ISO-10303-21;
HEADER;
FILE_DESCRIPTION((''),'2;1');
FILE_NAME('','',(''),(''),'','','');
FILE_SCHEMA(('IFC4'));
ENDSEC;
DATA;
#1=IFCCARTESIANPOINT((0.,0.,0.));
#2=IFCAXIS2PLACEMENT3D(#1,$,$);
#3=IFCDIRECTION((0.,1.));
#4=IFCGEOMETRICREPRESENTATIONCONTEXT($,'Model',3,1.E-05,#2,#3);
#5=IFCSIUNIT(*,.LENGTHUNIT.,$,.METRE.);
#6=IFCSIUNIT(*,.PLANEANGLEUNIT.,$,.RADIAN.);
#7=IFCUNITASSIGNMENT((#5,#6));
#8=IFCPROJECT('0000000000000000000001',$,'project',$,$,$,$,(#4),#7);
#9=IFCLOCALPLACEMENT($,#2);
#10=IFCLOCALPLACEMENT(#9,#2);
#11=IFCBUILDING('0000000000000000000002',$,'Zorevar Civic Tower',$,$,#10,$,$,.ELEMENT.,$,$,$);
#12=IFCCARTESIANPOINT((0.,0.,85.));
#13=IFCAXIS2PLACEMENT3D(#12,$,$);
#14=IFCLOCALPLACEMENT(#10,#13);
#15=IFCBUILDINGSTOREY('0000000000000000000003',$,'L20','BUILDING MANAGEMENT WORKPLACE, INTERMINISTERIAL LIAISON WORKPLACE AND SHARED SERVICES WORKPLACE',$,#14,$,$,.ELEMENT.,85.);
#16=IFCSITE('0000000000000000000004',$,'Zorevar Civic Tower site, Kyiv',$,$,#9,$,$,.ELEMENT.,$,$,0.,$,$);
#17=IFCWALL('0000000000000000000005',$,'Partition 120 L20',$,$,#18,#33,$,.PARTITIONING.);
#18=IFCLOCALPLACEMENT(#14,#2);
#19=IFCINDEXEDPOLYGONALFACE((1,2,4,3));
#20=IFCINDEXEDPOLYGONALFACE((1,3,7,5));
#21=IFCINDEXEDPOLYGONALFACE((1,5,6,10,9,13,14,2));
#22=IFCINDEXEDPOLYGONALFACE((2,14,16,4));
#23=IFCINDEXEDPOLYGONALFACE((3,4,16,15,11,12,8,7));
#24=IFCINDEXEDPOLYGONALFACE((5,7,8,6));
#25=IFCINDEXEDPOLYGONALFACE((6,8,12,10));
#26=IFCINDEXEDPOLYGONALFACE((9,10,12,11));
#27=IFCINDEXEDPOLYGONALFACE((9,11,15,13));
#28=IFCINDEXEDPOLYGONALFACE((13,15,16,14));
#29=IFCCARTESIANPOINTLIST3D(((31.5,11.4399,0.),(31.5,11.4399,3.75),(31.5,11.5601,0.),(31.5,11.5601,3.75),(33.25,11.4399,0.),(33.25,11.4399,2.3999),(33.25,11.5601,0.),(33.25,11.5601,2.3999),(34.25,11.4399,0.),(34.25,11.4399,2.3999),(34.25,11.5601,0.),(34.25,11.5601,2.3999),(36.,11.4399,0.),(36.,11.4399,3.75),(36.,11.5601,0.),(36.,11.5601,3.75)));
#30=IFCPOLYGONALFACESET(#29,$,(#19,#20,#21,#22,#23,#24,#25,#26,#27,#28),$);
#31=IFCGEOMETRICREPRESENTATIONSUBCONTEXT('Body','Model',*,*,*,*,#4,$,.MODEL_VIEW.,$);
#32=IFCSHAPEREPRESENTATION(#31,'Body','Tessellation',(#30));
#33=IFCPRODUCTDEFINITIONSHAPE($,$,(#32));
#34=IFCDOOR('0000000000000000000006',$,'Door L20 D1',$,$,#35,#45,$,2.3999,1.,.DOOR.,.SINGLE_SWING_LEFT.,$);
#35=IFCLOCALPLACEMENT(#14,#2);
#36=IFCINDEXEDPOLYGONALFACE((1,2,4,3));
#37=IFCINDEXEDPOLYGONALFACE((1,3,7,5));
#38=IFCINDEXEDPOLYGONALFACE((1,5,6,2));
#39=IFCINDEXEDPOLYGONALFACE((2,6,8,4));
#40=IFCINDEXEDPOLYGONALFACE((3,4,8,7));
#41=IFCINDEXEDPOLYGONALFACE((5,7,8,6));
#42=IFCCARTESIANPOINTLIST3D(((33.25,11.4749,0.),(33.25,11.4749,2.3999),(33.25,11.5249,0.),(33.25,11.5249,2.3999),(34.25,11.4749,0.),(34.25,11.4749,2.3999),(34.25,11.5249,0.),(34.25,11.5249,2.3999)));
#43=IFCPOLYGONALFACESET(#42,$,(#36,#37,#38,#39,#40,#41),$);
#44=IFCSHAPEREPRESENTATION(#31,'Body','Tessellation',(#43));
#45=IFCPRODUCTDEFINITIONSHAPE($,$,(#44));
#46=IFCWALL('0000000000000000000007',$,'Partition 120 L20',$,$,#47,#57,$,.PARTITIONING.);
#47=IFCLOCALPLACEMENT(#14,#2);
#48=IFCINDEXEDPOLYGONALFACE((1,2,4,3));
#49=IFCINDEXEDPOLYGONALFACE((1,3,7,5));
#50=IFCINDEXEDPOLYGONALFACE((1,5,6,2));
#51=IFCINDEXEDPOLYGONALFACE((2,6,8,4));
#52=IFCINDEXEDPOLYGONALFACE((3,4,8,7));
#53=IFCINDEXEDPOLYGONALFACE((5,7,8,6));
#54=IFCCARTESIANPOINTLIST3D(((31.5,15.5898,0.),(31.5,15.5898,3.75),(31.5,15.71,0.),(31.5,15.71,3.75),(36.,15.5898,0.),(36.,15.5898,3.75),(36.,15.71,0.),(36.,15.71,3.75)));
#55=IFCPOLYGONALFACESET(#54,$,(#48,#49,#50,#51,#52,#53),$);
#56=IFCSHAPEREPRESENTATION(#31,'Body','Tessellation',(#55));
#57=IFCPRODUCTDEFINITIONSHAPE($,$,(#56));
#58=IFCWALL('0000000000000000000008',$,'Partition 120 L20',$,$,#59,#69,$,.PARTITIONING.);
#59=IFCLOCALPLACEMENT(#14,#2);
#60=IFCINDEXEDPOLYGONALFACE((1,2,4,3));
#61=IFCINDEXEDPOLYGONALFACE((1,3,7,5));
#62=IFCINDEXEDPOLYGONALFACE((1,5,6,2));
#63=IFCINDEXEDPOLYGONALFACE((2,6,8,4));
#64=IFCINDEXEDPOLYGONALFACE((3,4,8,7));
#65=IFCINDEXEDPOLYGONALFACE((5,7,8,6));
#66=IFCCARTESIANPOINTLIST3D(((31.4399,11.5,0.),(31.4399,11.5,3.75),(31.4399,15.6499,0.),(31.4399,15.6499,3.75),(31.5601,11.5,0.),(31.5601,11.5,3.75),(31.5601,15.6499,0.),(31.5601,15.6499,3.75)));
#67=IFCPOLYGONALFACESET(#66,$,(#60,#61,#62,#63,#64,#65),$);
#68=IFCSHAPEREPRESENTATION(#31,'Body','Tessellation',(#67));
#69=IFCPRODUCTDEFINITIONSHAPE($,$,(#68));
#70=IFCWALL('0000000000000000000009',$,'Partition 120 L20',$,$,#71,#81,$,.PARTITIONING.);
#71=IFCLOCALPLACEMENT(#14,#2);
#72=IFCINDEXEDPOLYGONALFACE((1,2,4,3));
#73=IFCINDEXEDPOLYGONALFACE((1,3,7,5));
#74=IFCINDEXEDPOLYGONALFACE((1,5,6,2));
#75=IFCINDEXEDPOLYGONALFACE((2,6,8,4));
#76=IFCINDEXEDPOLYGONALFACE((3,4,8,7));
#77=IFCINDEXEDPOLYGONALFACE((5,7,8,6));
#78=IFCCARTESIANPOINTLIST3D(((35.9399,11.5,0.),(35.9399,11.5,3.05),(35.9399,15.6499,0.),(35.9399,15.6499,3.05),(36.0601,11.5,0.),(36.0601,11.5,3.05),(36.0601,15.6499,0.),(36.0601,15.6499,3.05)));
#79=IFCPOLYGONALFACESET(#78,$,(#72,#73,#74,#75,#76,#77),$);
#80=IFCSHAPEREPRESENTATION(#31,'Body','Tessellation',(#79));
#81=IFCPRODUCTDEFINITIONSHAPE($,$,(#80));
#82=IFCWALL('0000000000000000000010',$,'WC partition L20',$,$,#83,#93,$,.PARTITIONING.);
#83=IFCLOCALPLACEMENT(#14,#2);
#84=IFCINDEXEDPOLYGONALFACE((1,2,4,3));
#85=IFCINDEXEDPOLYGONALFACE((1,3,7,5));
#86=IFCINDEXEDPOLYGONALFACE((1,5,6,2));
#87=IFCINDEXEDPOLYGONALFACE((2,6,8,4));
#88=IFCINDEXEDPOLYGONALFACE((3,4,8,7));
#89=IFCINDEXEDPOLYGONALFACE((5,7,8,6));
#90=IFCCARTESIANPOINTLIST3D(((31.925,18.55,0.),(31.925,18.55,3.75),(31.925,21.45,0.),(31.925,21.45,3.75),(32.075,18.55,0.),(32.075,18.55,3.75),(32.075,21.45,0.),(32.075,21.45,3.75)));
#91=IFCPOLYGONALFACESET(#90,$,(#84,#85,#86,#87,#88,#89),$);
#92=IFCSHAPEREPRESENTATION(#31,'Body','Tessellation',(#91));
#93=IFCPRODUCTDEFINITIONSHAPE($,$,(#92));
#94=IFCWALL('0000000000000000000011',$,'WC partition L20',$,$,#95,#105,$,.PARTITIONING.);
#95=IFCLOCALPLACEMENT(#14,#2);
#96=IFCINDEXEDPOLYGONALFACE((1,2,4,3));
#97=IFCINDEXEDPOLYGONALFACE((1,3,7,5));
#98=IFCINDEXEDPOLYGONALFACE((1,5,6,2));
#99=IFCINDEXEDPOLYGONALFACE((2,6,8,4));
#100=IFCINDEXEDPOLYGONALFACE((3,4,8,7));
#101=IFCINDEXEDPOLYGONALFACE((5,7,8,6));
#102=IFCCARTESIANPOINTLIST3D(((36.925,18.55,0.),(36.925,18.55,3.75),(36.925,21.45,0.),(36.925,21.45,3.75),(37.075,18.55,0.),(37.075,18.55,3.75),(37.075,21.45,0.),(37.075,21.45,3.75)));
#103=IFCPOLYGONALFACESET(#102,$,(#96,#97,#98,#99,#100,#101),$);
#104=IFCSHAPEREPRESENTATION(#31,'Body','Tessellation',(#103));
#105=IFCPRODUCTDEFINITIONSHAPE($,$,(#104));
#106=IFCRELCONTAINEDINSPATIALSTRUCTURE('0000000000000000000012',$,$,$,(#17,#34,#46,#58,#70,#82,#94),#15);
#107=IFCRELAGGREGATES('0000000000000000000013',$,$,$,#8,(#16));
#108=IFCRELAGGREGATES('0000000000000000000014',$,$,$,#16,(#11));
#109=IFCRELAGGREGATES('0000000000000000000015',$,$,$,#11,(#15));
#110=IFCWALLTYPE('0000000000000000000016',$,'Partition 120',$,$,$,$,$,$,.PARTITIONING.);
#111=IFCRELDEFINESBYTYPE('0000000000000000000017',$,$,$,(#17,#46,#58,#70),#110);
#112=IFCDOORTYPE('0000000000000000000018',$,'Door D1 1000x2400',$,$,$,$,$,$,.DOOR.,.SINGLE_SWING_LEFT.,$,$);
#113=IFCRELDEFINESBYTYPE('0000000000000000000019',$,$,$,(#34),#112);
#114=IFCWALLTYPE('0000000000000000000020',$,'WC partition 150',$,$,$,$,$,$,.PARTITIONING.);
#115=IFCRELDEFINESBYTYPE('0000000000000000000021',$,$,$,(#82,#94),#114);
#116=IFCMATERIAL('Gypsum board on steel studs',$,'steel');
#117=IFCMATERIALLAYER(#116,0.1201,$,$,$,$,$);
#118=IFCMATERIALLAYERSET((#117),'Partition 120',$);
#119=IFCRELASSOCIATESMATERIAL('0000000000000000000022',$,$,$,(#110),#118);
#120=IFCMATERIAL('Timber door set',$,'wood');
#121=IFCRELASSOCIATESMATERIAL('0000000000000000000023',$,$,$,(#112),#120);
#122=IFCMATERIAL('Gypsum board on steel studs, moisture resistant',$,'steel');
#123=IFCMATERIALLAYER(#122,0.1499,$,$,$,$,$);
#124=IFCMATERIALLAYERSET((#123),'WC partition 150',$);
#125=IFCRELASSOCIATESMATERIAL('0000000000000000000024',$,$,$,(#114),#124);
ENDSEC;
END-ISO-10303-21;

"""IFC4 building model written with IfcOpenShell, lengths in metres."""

from ifc_helpers import new_model, si_unit, direction, frame, frame_2d, origin, place, context, subcontext, project, spatial, rectangle, extrude, material, layer, layer_set, type_object, element, fill, save


model = new_model("IFC4")

# Units and contexts
model_context = context("Model", 3, precision=1e-05, world=origin(), true_north=direction((0.0, 1.0)))
body_context = subcontext(model_context, "Body", "Model", "MODEL_VIEW")
ifc_project = project(units=[si_unit("LENGTHUNIT", "METRE"), si_unit("PLANEANGLEUNIT", "RADIAN")], contexts=[model_context])

# Site, building, storey
site_placement = place(None, origin())
site = spatial("IfcSite", under=ifc_project, at=site_placement, Name="Zorevar Civic Tower site, Kyiv", CompositionType="ELEMENT", RefElevation=0.0)
building_placement = place(site_placement, origin())
building = spatial("IfcBuilding", under=site, at=building_placement, Name="Zorevar Civic Tower", CompositionType="ELEMENT")
storey_placement = place(building_placement, frame((0.0, 0.0, 85.0)))
storey = spatial("IfcBuildingStorey", under=building, at=storey_placement, Name="L20", Description="BUILDING MANAGEMENT WORKPLACE, INTERMINISTERIAL LIAISON WORKPLACE AND SHARED SERVICES WORKPLACE", CompositionType="ELEMENT", Elevation=85.0)

# Wall, opening, door
ifc_material_1 = material(Name="Gypsum board on steel studs", Category="steel")
ifc_layer_1 = layer(ifc_material_1, 0.1201)
ifc_layer_set_1 = layer_set([ifc_layer_1], Name="Partition 120")
wall_type_1 = type_object("IfcWallType", Name="Partition 120", PredefinedType="PARTITIONING", material=ifc_layer_set_1)
ifc_material_2 = material(Name="Timber door set", Category="wood")
door_type_1 = type_object("IfcDoorType", Name="Door D1 1000x2400", OperationType="SINGLE_SWING_LEFT", PredefinedType="DOOR", material=ifc_material_2)
wall_1_placement = place(storey_placement, frame((31.5, 11.5, 0.0), z_axis=(0.0, 0.0, 1.0), x_axis=(1.0, 0.0, 0.0)))
wall_1 = element("IfcWall", 1, at=wall_1_placement, inside=storey, type_object=wall_type_1, Name="Partition 120 L20", PredefinedType="PARTITIONING", context=body_context, shape_type="SweptSolid", body=[
    extrude(rectangle(XDim=4.5, YDim=0.1201, at=frame_2d((2.25, 0.0))), origin(), (0.0, 0.0, 1.0), 3.75),
])
opening_1_placement = place(wall_1_placement, frame((1.75, 0.0, 0.0)))
opening_1 = element("IfcOpeningElement", 2, at=opening_1_placement, cuts=wall_1, PredefinedType="OPENING", context=body_context, shape_type="SweptSolid", body=[
    extrude(rectangle(XDim=1.0, YDim=2.3999, at=frame_2d((0.5, 1.2))), frame((0.0, 0.0701, 0.0), z_axis=(0.0, -1.0, 0.0), x_axis=(1.0, 0.0, 0.0)), (0.0, 0.0, 1.0), 0.1401),
])
door_1_placement = place(opening_1_placement, origin())
door_1 = element("IfcDoor", 3, at=door_1_placement, inside=storey, type_object=door_type_1, Name="Door L20 D1", OperationType="SINGLE_SWING_LEFT", OverallHeight=2.3999, OverallWidth=1.0, PredefinedType="DOOR", context=body_context, shape_type="SweptSolid", body=[
    extrude(rectangle(XDim=1.0, YDim=2.3999, at=frame_2d((0.5, 1.2))), frame((0.0, 0.0249, 0.0), z_axis=(0.0, -1.0, 0.0), x_axis=(1.0, 0.0, 0.0)), (0.0, 0.0, 1.0), 0.05),
])
fill(opening_1, door_1)

# Walls
wall_2_placement = place(storey_placement, frame((31.5, 15.6499, 0.0), z_axis=(0.0, 0.0, 1.0), x_axis=(1.0, 0.0, 0.0)))
element("IfcWall", 4, at=wall_2_placement, inside=storey, type_object=wall_type_1, Name="Partition 120 L20", PredefinedType="PARTITIONING", context=body_context, shape_type="SweptSolid", body=[
    extrude(rectangle(XDim=4.5, YDim=0.1201, at=frame_2d((2.25, 0.0))), origin(), (0.0, 0.0, 1.0), 3.75),
])
wall_3_placement = place(storey_placement, frame((31.5, 11.5, 0.0), z_axis=(0.0, 0.0, 1.0), x_axis=(0.0, 1.0, 0.0)))
element("IfcWall", 5, at=wall_3_placement, inside=storey, type_object=wall_type_1, Name="Partition 120 L20", PredefinedType="PARTITIONING", context=body_context, shape_type="SweptSolid", body=[
    extrude(rectangle(XDim=4.1499, YDim=0.1201, at=frame_2d((2.075, 0.0))), origin(), (0.0, 0.0, 1.0), 3.75),
])
wall_4_placement = place(storey_placement, frame((36.0, 11.5, 0.0), z_axis=(0.0, 0.0, 1.0), x_axis=(0.0, 1.0, 0.0)))
element("IfcWall", 6, at=wall_4_placement, inside=storey, type_object=wall_type_1, Name="Partition 120 L20", PredefinedType="PARTITIONING", context=body_context, shape_type="SweptSolid", body=[
    extrude(rectangle(XDim=4.1499, YDim=0.1201, at=frame_2d((2.075, 0.0))), origin(), (0.0, 0.0, 1.0), 3.05),
])
ifc_material_3 = material(Name="Gypsum board on steel studs, moisture resistant", Category="steel")
ifc_layer_2 = layer(ifc_material_3, 0.1499)
ifc_layer_set_2 = layer_set([ifc_layer_2], Name="WC partition 150")
wall_type_2 = type_object("IfcWallType", Name="WC partition 150", PredefinedType="PARTITIONING", material=ifc_layer_set_2)
for number, where, z_axis, x_axis, name in (
    (7, (32.0, 18.55, 0.0), (0.0, 0.0, 1.0), (0.0, 1.0, 0.0), "WC partition L20"),
    (8, (37.0, 18.55, 0.0), (0.0, 0.0, 1.0), (0.0, 1.0, 0.0), "WC partition L20"),
):
    element("IfcWall", number, at=place(storey_placement, frame(where, z_axis=z_axis, x_axis=x_axis)), inside=storey, type_object=wall_type_2, Name=name, PredefinedType="PARTITIONING", context=body_context, shape_type="SweptSolid", body=[
        extrude(rectangle(XDim=2.8999, YDim=0.1499, at=frame_2d((1.45, 0.0))), origin(), (0.0, 0.0, 1.0), 3.75),
    ])

save(model, "model.ifc")
